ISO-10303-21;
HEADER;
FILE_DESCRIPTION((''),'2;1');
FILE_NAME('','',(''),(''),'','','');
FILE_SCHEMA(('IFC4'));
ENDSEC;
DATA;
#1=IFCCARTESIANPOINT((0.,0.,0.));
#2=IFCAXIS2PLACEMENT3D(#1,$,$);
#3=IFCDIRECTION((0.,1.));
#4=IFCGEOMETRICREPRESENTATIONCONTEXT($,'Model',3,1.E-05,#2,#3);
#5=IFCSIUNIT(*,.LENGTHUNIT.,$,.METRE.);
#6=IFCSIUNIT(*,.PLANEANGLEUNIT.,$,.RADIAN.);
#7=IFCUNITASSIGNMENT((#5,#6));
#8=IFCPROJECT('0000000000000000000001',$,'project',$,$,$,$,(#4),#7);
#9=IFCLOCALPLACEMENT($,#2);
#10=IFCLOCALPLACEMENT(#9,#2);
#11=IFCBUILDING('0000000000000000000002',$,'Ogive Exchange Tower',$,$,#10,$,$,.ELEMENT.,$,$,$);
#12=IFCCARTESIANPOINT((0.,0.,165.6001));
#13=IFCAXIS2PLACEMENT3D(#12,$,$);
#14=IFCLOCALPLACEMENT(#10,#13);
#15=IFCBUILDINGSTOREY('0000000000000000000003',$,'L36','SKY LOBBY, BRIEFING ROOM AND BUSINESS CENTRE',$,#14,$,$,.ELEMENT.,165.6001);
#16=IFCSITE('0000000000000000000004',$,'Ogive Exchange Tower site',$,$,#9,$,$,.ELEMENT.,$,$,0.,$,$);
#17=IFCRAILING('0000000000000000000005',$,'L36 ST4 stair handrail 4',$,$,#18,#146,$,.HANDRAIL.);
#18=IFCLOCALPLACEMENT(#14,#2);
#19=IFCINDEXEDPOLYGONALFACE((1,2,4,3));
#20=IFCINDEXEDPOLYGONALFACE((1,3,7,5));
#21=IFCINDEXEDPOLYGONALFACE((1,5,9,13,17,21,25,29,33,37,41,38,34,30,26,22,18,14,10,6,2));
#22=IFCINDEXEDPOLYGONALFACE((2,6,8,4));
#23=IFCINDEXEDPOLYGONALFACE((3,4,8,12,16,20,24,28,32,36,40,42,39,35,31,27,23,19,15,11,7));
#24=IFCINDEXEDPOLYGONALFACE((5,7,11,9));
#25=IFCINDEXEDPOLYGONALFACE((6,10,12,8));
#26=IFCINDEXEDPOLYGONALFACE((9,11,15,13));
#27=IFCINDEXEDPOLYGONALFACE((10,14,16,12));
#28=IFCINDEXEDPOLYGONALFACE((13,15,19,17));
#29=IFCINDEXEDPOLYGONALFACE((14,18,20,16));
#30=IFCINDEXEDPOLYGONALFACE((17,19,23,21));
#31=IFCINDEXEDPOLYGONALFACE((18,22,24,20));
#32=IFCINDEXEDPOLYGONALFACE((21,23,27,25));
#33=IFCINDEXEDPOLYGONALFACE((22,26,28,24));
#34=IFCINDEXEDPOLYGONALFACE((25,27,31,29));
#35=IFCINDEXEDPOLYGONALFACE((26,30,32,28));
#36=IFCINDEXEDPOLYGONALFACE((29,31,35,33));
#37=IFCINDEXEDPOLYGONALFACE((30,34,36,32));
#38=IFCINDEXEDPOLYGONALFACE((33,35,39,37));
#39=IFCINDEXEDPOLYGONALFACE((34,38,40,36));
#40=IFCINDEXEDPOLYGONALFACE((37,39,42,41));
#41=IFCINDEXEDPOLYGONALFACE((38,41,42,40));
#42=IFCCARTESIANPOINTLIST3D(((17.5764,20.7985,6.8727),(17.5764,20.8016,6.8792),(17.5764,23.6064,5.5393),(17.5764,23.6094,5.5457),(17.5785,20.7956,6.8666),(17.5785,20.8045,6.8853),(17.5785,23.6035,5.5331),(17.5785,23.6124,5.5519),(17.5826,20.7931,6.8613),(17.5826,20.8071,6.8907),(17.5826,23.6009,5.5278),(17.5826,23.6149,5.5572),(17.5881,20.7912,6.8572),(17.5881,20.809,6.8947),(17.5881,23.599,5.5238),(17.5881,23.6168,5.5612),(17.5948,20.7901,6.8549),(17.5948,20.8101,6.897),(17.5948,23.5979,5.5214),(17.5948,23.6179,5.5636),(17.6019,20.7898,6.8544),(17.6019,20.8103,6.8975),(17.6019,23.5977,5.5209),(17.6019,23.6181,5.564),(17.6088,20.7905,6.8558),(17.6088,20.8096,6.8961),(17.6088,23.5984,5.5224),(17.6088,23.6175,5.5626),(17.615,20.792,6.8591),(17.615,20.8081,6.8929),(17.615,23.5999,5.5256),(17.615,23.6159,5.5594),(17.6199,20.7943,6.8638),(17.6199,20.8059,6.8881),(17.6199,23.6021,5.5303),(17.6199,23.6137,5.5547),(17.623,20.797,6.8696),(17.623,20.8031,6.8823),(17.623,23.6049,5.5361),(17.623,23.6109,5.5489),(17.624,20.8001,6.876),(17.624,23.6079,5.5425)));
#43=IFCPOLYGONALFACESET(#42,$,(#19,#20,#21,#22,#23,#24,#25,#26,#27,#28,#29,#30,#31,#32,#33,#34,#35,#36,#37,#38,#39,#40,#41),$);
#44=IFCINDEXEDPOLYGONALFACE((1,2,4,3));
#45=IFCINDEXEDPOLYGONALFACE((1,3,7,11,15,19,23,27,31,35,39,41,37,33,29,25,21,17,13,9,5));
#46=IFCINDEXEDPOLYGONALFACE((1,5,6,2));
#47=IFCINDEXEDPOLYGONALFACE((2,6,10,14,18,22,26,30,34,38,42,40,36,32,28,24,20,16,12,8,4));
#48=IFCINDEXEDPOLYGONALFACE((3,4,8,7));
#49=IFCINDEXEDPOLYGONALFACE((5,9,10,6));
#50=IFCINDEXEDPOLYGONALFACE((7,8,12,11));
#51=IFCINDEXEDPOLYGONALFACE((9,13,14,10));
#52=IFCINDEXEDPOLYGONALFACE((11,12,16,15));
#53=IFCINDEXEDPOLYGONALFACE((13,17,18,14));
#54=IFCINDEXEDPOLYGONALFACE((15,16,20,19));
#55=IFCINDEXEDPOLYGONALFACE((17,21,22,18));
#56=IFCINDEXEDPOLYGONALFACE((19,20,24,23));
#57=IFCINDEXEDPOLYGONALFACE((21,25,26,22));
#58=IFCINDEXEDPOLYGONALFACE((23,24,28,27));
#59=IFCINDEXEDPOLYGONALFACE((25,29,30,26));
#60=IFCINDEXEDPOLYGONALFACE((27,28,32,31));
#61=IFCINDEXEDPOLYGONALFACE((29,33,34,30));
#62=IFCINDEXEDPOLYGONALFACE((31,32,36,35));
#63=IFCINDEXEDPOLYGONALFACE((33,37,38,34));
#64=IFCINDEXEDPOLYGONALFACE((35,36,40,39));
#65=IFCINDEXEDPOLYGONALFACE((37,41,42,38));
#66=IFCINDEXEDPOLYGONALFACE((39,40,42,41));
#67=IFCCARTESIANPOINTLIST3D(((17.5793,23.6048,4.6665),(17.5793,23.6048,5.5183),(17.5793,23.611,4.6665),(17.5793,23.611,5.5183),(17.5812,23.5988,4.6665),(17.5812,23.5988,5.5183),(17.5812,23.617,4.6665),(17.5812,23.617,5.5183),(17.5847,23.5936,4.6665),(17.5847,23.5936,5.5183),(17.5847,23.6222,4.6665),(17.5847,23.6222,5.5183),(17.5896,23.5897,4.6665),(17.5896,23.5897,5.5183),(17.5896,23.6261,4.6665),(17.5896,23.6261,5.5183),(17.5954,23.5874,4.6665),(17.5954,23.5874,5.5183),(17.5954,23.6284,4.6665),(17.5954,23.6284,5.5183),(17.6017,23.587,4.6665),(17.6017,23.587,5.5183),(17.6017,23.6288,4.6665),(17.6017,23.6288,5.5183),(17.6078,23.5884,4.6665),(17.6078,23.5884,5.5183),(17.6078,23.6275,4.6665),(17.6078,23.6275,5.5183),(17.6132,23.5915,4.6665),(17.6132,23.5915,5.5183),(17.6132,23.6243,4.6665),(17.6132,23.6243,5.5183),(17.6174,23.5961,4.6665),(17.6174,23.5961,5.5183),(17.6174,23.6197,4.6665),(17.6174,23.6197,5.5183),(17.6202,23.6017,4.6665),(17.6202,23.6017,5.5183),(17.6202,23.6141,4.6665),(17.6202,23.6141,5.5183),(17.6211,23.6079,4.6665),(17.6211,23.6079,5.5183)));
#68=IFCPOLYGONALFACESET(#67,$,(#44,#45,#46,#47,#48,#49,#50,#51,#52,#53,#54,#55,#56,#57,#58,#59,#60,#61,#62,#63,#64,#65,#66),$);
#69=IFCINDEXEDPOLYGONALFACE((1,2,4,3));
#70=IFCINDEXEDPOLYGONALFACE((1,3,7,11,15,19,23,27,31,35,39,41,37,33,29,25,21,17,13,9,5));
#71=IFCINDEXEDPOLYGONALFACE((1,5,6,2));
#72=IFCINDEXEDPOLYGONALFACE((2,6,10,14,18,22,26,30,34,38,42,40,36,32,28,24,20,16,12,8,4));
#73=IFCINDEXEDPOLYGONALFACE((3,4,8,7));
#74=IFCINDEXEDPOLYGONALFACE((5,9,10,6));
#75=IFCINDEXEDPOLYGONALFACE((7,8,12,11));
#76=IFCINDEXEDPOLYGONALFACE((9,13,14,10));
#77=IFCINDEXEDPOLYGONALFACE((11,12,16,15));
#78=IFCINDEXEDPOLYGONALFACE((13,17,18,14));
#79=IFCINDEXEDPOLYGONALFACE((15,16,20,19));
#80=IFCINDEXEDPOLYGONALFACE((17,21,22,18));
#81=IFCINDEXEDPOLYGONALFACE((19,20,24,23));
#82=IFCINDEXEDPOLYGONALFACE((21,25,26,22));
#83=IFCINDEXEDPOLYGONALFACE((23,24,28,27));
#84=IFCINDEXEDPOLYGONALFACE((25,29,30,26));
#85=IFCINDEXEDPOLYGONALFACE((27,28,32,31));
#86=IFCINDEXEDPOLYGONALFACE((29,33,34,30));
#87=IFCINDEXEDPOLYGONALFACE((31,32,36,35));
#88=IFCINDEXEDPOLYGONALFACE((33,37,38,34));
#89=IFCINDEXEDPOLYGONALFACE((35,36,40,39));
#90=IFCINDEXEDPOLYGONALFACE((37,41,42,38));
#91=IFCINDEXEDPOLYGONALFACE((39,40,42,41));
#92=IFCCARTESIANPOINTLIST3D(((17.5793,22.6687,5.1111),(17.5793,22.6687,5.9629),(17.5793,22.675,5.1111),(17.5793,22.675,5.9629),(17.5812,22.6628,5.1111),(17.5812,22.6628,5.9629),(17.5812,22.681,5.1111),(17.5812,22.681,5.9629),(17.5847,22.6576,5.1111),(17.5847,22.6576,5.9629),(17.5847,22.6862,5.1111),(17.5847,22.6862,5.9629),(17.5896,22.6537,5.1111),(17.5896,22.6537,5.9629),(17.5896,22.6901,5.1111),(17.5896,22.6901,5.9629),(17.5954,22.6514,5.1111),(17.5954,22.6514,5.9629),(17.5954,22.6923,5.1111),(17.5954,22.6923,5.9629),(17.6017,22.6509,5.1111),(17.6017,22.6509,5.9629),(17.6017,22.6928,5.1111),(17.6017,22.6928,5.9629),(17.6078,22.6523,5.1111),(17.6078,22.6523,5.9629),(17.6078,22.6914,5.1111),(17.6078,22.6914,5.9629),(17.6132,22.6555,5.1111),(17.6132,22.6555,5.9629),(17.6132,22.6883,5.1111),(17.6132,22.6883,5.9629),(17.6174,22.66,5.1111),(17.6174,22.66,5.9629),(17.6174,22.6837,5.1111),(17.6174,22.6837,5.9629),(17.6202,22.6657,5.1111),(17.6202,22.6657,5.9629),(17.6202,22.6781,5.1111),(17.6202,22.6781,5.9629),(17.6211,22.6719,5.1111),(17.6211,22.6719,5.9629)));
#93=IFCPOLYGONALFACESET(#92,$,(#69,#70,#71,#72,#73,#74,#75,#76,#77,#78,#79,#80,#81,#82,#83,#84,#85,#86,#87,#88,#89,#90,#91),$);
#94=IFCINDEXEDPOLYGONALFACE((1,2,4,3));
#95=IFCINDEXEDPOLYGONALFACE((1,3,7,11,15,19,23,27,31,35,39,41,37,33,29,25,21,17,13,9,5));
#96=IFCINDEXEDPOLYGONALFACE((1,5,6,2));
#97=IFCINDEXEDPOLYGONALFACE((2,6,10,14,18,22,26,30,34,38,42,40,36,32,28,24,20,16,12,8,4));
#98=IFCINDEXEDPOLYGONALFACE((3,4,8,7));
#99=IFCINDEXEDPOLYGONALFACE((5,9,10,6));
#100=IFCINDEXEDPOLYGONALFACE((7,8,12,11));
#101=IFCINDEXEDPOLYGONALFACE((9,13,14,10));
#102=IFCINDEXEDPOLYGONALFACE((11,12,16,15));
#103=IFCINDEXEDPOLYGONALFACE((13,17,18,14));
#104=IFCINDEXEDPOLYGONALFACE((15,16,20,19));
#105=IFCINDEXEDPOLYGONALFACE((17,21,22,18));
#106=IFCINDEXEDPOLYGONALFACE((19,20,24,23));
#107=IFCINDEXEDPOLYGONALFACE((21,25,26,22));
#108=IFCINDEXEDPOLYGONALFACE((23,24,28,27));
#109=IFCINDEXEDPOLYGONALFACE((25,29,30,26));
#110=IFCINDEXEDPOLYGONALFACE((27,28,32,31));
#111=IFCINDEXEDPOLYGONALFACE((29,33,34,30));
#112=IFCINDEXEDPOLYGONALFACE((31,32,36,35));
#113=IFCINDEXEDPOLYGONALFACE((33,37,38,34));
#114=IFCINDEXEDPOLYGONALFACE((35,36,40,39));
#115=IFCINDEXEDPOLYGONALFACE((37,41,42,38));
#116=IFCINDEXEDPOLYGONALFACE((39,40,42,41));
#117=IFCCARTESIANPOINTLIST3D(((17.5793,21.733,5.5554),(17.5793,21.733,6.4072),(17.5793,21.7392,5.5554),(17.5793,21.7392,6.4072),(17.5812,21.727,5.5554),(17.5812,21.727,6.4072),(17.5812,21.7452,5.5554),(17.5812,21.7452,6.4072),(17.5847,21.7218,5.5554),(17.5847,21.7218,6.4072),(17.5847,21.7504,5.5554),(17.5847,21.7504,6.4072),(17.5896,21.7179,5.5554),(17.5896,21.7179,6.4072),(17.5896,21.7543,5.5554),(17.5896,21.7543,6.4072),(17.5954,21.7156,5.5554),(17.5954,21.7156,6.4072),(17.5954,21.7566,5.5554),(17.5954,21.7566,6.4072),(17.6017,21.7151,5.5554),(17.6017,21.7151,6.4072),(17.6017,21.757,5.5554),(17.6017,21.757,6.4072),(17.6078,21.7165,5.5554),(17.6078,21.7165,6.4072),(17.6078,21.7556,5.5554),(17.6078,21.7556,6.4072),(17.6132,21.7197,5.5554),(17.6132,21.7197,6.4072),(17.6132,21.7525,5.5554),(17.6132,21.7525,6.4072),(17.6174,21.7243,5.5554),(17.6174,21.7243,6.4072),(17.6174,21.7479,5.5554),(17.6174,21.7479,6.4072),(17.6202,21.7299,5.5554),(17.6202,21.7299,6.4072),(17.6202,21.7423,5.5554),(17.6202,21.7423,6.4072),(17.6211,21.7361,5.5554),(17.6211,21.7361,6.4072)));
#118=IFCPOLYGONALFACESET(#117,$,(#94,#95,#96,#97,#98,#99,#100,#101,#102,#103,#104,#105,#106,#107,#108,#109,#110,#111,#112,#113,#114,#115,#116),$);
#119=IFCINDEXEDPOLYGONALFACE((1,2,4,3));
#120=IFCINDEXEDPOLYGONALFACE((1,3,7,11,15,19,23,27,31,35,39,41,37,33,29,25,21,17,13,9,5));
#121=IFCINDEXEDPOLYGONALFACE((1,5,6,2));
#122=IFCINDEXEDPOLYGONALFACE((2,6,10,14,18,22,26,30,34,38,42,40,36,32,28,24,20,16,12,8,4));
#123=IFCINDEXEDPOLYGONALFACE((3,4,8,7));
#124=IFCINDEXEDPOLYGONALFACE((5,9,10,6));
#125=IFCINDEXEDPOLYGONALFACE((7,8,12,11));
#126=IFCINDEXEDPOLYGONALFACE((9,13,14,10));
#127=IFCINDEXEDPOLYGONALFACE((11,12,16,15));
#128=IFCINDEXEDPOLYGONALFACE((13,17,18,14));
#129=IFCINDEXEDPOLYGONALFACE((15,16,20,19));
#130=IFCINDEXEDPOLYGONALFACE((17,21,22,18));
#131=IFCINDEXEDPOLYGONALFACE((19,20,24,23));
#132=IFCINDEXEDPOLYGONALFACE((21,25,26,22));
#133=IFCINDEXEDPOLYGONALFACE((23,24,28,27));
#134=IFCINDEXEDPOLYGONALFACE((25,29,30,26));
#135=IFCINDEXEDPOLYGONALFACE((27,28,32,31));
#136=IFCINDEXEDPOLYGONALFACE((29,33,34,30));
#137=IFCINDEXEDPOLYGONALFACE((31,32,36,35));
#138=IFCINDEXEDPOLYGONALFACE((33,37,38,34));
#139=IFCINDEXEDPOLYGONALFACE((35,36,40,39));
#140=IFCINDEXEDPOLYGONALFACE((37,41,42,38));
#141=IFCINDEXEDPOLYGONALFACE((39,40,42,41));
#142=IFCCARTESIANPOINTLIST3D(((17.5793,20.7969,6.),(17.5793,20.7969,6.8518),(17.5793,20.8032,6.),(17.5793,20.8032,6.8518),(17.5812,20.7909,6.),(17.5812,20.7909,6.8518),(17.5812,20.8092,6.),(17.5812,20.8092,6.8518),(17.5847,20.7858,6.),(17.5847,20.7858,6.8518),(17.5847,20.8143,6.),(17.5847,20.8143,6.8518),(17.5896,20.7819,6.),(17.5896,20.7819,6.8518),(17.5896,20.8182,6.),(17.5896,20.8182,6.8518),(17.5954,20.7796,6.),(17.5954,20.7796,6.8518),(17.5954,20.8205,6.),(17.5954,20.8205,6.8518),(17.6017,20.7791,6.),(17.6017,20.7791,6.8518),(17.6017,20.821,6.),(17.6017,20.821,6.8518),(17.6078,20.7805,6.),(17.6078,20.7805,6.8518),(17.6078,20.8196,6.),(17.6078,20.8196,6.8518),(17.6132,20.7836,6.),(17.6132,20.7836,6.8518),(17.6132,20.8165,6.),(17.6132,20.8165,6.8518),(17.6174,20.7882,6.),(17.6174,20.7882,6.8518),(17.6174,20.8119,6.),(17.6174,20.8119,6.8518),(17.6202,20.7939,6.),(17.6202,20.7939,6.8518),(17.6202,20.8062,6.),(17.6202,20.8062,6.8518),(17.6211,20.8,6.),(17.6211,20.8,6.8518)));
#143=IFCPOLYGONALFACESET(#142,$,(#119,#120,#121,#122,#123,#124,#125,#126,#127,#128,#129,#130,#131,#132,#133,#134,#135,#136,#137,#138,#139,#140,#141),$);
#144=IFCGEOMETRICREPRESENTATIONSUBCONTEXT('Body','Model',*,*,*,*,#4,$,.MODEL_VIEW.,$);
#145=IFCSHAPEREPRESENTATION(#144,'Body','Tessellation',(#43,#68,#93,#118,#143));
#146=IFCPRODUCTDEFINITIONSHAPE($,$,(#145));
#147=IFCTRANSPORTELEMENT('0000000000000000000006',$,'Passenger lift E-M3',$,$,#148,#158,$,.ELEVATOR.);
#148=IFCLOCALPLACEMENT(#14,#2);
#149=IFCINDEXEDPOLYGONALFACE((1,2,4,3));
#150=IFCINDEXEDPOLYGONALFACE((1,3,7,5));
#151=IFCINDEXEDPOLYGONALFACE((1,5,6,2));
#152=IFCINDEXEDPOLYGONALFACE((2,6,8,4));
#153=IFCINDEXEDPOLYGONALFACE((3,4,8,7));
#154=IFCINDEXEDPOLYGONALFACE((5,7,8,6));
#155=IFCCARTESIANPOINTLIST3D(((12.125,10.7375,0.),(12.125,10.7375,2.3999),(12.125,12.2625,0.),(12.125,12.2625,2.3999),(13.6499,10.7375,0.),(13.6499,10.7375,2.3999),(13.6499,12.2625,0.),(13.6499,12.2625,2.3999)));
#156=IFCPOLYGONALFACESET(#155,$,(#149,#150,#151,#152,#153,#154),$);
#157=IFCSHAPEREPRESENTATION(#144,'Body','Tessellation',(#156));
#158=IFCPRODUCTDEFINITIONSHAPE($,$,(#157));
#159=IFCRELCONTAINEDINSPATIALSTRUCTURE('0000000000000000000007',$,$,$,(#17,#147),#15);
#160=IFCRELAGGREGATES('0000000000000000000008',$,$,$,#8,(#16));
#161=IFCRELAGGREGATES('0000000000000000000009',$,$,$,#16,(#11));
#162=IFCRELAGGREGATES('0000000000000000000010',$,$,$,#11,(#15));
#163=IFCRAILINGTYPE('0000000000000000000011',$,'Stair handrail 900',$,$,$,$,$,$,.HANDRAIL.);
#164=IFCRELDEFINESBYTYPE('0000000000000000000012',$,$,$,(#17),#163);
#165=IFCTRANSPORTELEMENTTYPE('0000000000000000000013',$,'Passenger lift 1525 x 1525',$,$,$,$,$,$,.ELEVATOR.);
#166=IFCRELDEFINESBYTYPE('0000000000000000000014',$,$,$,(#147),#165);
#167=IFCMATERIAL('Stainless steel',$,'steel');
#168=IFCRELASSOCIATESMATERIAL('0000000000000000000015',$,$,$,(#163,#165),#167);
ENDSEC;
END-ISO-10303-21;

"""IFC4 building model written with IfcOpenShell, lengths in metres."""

from ifc_helpers import new_model, si_unit, direction, frame, origin, origin_2d, place, context, subcontext, project, spatial, rectangle, circle, extrude, material, type_object, element, save


model = new_model("IFC4")

# Units and contexts
model_context = context("Model", 3, precision=1e-05, world=origin(), true_north=direction((0.0, 1.0)))
body_context = subcontext(model_context, "Body", "Model", "MODEL_VIEW")
ifc_project = project(units=[si_unit("LENGTHUNIT", "METRE"), si_unit("PLANEANGLEUNIT", "RADIAN")], contexts=[model_context])

# Site, building, storey
site_placement = place(None, origin())
site = spatial("IfcSite", under=ifc_project, at=site_placement, Name="Ogive Exchange Tower site", CompositionType="ELEMENT", RefElevation=0.0)
building_placement = place(site_placement, origin())
building = spatial("IfcBuilding", under=site, at=building_placement, Name="Ogive Exchange Tower", CompositionType="ELEMENT")
storey_placement = place(building_placement, frame((0.0, 0.0, 165.6001)))
storey = spatial("IfcBuildingStorey", under=building, at=storey_placement, Name="L36", Description="SKY LOBBY, BRIEFING ROOM AND BUSINESS CENTRE", CompositionType="ELEMENT", Elevation=165.6001)

# Railing
ifc_material_1 = material(Name="Stainless steel", Category="steel")
railing_type = type_object("IfcRailingType", Name="Stair handrail 900", PredefinedType="HANDRAIL", material=ifc_material_1)
for number, where, name in (
    (1, (17.6001, 23.6079, 4.6665), "L36 ST4 stair handrail 4"),
):
    element("IfcRailing", number, at=place(storey_placement, frame(where)), inside=storey, type_object=railing_type, Name=name, PredefinedType="HANDRAIL", context=body_context, shape_type="SweptSolid", body=[
        extrude(circle(Radius=0.0239, at=origin_2d()), frame((0.0, 0.0, 0.876), z_axis=(0.0, -0.903307, 0.428994), x_axis=(1.0, 0.0, 0.0)), (0.0, 0.0, 1.0), 3.1084),
        extrude(circle(Radius=0.021, at=origin_2d()), origin(), (0.0, 0.0, 1.0), 0.8518),
        extrude(circle(Radius=0.021, at=origin_2d()), frame((0.0, -0.936, 0.4446)), (0.0, 0.0, 1.0), 0.8518),
        extrude(circle(Radius=0.021, at=origin_2d()), frame((0.0, -1.8718, 0.8889)), (0.0, 0.0, 1.0), 0.8518),
        extrude(circle(Radius=0.021, at=origin_2d()), frame((0.0, -2.8079, 1.3335)), (0.0, 0.0, 1.0), 0.8518),
    ])

# Transport element
transport_element_type = type_object("IfcTransportElementType", Name="Passenger lift 1525 x 1525", PredefinedType="ELEVATOR", material=ifc_material_1)
transport_element_placement = place(storey_placement, frame((12.8875, 11.5, 0.0), z_axis=(0.0, 0.0, 1.0), x_axis=(1.0, 0.0, 0.0)))
element("IfcTransportElement", 2, at=transport_element_placement, inside=storey, type_object=transport_element_type, Name="Passenger lift E-M3", PredefinedType="ELEVATOR", context=body_context, shape_type="SweptSolid", body=[
    extrude(rectangle(XDim=1.5249, YDim=1.5249, at=origin_2d()), origin(), (0.0, 0.0, 1.0), 2.3999),
])

save(model, "model.ifc")
